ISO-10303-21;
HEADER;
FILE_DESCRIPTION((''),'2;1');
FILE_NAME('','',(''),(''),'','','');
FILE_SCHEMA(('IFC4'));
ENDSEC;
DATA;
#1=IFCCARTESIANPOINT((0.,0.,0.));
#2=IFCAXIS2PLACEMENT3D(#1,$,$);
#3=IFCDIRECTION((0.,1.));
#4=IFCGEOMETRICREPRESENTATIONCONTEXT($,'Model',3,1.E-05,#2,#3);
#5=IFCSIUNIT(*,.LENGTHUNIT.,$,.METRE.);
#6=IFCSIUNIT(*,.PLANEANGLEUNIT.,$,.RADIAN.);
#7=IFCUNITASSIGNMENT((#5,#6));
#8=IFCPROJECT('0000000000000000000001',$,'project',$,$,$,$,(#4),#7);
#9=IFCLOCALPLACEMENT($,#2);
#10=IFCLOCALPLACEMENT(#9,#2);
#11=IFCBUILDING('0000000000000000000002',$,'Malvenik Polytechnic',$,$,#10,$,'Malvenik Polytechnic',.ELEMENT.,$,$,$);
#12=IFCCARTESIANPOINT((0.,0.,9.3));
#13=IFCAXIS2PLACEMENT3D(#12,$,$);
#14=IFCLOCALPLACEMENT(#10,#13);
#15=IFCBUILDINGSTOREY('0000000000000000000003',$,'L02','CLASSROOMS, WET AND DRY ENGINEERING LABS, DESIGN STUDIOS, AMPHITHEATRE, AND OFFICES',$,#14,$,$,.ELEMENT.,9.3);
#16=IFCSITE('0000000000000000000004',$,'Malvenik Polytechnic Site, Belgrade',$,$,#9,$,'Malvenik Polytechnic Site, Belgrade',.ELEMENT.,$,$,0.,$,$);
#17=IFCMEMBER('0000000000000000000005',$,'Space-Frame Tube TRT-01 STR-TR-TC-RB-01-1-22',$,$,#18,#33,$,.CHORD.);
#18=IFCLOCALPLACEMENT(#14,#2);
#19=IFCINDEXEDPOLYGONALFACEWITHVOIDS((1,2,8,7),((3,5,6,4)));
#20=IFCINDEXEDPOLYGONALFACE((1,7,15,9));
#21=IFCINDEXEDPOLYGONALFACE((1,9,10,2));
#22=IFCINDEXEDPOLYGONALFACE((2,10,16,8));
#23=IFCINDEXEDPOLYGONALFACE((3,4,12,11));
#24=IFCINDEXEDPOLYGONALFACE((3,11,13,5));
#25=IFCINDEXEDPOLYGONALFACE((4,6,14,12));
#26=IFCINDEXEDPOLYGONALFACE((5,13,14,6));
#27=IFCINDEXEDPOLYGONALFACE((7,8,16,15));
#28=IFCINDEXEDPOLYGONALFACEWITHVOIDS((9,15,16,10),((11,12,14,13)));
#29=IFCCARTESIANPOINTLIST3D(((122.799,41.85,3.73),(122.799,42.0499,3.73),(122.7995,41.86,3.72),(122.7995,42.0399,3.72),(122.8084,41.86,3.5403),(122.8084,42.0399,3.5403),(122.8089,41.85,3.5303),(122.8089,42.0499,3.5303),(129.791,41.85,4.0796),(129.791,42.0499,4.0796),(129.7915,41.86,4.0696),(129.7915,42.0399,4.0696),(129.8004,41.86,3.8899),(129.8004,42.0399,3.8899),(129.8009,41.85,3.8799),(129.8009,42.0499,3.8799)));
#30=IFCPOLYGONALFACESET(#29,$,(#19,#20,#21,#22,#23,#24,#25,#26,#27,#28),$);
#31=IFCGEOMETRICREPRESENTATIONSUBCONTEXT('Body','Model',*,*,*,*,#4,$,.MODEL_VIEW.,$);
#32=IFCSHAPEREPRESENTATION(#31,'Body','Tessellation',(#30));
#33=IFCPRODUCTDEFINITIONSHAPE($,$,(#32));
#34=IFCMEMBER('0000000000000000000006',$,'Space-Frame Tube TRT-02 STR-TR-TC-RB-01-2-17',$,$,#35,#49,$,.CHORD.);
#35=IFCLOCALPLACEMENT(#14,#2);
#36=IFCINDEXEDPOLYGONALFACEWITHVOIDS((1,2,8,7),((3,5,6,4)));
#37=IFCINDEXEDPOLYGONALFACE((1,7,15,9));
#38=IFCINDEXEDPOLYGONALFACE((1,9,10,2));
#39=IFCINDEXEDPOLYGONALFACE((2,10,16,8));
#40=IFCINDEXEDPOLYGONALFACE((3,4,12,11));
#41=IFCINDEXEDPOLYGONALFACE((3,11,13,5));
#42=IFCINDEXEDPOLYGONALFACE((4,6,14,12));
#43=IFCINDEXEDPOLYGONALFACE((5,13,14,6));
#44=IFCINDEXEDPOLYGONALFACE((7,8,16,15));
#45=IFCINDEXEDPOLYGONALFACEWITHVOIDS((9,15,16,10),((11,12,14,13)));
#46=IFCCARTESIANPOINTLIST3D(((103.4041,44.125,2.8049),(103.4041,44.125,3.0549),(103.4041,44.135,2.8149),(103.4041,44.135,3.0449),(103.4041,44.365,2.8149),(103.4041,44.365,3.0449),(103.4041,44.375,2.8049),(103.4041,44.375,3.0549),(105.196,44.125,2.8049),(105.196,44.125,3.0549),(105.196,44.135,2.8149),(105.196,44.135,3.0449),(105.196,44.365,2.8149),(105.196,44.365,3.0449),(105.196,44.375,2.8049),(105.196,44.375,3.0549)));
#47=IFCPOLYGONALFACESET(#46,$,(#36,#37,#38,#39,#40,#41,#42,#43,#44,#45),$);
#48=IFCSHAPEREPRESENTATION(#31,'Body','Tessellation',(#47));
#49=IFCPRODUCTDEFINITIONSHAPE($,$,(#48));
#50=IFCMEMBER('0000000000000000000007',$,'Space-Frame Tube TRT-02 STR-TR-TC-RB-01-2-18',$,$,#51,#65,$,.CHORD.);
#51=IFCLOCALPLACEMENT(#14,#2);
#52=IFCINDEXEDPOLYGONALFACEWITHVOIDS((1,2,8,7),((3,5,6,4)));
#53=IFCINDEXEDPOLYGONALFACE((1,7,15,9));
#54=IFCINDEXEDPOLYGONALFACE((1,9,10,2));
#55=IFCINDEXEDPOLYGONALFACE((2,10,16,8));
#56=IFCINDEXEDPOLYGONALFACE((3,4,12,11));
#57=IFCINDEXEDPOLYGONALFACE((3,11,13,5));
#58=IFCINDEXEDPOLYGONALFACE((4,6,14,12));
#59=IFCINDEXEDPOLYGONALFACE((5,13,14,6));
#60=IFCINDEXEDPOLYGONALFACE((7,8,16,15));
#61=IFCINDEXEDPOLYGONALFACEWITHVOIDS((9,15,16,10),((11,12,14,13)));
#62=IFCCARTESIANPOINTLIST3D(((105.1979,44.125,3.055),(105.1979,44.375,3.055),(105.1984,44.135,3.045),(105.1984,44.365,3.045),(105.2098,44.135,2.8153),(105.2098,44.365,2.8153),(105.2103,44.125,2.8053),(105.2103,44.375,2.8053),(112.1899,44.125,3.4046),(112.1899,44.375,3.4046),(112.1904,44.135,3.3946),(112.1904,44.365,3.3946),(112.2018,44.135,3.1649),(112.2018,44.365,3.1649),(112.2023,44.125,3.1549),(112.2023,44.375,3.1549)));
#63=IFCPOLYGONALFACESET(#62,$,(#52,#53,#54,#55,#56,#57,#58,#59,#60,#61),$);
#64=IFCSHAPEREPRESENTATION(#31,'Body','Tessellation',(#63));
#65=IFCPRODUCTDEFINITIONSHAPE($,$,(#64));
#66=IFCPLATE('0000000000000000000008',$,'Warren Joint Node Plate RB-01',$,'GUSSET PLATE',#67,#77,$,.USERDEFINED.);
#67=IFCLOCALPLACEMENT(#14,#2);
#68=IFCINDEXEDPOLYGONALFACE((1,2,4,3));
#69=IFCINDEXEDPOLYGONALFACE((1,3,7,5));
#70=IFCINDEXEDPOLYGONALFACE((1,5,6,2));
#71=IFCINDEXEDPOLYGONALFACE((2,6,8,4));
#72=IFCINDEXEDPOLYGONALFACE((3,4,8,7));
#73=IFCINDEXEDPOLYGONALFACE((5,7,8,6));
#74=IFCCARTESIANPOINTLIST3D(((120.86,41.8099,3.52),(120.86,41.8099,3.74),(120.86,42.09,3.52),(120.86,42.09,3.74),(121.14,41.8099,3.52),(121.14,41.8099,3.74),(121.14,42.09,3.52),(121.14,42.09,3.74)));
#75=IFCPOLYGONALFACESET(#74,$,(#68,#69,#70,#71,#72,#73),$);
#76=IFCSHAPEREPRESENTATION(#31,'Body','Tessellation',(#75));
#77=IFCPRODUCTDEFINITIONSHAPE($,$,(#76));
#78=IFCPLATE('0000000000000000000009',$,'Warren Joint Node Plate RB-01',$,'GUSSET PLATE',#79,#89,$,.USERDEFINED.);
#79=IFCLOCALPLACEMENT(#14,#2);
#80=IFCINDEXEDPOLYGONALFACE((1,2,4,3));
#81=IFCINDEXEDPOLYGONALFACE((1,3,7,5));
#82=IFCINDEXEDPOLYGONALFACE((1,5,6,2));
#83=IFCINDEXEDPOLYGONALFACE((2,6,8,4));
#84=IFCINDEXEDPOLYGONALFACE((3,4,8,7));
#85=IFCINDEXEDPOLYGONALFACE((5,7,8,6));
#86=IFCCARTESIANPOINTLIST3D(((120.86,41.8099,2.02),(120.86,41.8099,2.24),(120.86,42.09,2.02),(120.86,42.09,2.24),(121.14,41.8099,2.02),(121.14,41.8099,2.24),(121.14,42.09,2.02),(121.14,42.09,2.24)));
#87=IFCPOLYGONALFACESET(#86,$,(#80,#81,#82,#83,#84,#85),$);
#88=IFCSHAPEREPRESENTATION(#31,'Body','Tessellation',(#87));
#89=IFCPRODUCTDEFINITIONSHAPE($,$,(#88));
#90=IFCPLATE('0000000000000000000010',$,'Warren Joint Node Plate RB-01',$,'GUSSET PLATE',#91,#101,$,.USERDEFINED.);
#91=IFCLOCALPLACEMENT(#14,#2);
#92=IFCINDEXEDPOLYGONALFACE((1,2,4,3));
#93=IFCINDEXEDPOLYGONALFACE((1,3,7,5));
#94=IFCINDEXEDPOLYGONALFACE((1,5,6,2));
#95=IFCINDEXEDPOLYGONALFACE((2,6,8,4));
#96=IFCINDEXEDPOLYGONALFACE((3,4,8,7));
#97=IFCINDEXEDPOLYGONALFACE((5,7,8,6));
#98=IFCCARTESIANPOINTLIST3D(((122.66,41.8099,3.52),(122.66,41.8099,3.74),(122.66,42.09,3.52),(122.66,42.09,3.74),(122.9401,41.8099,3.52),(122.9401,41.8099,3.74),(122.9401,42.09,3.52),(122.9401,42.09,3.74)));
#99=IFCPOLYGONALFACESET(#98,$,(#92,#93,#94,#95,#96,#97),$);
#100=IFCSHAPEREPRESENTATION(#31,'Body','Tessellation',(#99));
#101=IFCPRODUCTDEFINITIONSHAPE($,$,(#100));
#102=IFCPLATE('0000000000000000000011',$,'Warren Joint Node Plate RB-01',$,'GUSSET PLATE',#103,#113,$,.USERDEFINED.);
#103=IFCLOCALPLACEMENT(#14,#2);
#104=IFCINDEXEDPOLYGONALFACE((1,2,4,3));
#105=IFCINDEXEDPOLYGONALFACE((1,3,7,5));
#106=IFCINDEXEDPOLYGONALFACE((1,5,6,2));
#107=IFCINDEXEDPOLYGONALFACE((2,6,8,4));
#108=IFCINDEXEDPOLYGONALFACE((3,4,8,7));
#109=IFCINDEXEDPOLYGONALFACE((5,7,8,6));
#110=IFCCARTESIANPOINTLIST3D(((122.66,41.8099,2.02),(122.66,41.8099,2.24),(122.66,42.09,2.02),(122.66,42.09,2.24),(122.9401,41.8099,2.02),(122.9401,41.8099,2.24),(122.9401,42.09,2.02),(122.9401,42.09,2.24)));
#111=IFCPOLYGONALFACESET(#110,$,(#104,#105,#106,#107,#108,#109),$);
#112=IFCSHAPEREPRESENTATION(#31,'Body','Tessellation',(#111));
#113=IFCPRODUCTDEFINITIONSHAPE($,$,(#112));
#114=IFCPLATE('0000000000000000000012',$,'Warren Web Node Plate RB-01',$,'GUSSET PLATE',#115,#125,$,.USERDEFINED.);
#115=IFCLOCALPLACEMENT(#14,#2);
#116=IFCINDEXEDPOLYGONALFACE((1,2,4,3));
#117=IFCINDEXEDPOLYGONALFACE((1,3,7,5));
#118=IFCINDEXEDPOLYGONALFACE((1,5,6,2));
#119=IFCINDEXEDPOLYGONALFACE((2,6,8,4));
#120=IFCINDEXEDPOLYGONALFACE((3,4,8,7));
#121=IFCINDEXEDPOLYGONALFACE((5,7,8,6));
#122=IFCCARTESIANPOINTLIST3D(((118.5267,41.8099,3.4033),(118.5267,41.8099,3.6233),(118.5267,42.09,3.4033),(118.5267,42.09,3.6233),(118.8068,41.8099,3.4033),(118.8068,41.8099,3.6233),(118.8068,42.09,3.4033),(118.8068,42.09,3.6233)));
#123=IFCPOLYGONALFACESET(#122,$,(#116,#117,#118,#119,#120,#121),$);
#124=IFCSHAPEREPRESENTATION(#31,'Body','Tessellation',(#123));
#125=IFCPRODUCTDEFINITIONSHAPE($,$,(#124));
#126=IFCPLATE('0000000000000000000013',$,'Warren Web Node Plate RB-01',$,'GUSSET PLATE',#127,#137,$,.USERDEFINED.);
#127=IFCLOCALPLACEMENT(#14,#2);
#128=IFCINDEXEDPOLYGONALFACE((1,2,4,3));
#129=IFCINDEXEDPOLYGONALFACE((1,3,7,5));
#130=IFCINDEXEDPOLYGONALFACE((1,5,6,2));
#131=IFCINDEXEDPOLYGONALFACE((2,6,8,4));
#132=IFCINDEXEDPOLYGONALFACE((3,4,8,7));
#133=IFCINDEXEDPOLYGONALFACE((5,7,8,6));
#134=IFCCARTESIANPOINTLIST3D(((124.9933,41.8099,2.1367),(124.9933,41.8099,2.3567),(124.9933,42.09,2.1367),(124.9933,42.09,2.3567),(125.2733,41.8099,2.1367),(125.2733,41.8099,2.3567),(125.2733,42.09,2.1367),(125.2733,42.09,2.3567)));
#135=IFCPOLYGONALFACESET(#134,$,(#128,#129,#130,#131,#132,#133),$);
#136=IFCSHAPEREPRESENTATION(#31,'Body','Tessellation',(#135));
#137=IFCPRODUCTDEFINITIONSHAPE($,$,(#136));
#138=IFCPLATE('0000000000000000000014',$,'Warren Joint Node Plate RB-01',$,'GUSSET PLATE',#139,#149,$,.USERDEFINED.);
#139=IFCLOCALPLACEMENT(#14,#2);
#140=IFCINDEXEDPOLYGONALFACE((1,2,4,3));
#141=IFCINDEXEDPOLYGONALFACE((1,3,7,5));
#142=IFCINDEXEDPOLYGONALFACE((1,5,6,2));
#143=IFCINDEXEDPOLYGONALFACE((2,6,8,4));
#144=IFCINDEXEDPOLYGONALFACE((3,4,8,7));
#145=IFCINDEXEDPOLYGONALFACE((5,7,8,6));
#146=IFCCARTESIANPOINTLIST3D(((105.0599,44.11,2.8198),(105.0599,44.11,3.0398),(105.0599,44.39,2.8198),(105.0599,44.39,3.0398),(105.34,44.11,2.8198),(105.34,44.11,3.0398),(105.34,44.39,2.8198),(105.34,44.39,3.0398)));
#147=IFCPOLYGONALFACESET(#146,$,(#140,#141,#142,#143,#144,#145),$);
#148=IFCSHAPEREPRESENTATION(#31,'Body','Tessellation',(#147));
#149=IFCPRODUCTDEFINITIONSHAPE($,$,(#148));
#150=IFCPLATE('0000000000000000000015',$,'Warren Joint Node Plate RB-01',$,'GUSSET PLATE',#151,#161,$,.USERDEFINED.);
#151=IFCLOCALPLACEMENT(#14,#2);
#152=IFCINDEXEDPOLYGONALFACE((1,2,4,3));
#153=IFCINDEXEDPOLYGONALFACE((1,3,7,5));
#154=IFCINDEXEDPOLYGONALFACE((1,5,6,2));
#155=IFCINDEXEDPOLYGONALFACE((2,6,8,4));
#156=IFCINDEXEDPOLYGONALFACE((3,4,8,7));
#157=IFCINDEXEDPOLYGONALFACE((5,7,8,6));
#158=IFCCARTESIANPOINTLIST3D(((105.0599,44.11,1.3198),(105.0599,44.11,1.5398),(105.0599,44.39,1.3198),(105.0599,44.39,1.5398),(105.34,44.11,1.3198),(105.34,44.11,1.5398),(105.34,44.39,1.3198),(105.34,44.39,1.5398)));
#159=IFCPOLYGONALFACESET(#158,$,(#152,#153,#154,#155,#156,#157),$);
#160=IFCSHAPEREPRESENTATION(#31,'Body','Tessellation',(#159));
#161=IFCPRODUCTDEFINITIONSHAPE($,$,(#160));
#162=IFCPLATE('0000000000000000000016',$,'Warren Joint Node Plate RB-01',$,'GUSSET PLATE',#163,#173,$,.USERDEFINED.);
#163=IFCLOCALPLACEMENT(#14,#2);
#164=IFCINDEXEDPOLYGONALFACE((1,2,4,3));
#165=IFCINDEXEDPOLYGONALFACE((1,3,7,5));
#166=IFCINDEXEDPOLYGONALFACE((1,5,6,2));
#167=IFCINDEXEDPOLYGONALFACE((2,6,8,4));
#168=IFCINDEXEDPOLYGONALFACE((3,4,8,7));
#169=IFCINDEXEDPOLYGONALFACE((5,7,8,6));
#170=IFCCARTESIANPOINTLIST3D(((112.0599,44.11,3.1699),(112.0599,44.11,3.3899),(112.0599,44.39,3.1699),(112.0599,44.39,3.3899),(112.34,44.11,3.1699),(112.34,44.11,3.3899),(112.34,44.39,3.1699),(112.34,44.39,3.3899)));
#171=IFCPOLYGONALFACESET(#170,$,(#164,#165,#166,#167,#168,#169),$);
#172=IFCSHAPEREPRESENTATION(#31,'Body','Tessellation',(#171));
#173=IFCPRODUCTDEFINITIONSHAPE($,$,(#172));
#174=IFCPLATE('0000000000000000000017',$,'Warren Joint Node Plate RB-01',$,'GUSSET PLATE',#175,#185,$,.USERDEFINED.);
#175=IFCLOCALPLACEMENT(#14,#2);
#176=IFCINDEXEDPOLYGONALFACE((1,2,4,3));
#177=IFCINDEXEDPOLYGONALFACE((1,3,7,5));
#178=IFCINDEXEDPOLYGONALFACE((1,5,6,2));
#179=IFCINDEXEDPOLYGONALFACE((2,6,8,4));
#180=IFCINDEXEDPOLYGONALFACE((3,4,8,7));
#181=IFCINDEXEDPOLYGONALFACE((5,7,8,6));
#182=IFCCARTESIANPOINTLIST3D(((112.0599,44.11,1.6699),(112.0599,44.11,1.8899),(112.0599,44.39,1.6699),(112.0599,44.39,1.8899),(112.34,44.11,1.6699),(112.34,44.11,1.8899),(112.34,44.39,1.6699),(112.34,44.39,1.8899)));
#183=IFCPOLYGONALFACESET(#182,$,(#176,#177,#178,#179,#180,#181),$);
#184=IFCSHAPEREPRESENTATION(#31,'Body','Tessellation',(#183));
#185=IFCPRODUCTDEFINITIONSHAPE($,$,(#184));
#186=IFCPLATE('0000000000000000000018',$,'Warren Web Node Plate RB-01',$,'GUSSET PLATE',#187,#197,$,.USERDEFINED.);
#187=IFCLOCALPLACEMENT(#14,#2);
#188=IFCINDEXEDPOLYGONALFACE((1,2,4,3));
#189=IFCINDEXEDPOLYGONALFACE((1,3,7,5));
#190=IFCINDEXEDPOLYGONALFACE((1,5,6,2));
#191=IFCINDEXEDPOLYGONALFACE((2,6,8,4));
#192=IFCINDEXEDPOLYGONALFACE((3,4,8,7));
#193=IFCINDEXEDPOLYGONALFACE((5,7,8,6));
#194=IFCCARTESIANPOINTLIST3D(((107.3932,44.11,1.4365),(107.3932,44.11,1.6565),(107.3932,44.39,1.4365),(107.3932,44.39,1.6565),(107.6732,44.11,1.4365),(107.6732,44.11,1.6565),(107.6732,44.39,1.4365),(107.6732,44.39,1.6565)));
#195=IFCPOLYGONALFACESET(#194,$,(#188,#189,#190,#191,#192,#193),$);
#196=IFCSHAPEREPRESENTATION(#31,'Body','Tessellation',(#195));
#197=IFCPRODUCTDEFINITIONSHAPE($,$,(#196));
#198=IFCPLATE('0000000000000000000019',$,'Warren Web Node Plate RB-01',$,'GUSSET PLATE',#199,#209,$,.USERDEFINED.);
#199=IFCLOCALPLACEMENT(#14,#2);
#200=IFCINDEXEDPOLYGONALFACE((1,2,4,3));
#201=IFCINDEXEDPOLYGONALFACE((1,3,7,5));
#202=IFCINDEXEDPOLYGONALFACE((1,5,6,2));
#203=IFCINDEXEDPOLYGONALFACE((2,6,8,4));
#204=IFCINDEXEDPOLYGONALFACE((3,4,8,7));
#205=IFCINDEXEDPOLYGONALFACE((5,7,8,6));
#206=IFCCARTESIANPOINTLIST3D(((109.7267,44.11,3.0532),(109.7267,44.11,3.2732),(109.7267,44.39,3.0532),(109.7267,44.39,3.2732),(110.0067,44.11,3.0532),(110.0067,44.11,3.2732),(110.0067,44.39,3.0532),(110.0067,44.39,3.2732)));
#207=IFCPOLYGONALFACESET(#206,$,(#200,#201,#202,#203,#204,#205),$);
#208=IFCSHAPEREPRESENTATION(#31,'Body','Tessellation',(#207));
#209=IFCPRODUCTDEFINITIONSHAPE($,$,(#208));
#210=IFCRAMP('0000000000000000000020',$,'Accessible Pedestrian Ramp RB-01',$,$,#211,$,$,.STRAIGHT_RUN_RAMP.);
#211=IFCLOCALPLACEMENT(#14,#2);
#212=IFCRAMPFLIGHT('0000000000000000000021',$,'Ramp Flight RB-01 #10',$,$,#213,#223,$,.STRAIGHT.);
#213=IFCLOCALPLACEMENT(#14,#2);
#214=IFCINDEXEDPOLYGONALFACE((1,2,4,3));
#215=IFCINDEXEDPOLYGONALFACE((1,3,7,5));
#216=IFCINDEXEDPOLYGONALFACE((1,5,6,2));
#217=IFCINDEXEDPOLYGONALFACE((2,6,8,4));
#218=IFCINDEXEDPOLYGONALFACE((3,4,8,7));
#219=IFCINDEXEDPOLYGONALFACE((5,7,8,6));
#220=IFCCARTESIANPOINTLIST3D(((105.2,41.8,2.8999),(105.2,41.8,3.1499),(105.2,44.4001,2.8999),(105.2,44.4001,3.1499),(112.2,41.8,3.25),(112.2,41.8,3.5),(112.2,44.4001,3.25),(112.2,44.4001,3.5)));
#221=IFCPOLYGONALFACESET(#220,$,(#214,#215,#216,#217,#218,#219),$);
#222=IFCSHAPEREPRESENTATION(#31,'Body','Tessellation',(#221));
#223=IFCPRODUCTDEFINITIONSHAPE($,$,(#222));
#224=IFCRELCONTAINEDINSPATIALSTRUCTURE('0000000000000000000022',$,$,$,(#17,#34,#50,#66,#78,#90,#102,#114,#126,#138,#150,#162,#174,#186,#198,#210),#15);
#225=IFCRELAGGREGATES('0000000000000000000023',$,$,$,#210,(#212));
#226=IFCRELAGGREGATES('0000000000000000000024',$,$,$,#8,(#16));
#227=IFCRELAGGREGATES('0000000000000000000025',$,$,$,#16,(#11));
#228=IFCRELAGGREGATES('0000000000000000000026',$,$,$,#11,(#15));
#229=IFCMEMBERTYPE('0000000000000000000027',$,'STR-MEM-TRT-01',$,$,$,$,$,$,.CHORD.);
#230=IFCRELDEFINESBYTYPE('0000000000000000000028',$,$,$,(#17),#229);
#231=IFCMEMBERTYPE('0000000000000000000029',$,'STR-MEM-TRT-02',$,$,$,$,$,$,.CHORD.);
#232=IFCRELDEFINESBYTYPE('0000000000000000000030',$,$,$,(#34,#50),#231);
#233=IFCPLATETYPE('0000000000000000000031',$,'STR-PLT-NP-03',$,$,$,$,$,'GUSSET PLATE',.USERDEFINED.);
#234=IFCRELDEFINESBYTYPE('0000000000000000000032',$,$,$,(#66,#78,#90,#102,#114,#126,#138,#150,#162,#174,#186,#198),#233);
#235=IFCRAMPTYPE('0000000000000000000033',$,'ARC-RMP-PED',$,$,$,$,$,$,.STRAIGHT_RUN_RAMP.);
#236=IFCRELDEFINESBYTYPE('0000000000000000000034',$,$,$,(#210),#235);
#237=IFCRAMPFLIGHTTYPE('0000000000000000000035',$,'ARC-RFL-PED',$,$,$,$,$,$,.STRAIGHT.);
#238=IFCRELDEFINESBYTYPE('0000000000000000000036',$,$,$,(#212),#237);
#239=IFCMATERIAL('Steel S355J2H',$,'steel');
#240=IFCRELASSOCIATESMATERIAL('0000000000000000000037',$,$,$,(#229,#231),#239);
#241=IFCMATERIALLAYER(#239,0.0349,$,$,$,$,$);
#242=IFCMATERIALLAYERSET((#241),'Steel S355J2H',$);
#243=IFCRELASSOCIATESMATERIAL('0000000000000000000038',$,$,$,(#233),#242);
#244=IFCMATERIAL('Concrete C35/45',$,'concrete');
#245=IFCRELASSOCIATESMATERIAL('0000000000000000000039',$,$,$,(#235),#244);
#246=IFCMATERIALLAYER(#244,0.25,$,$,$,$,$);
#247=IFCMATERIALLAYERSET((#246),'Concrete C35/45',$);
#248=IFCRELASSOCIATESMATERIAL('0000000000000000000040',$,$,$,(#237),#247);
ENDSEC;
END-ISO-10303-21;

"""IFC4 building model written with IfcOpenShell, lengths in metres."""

from ifc_helpers import new_model, si_unit, direction, frame, origin, origin_2d, place, context, subcontext, project, spatial, polyline, rectangle, hollow_rectangle, outline, extrude, material, layer, layer_set, material_profile, profile_set, type_object, element, aggregate, save


model = new_model("IFC4")

# Units and contexts
model_context = context("Model", 3, precision=1e-05, world=origin(), true_north=direction((0.0, 1.0)))
body_context = subcontext(model_context, "Body", "Model", "MODEL_VIEW")
ifc_project = project(units=[si_unit("LENGTHUNIT", "METRE"), si_unit("PLANEANGLEUNIT", "RADIAN")], contexts=[model_context])

# Site, building, storey
site_placement = place(None, origin())
site = spatial("IfcSite", under=ifc_project, at=site_placement, Name="Malvenik Polytechnic Site, Belgrade", LongName="Malvenik Polytechnic Site, Belgrade", CompositionType="ELEMENT", RefElevation=0.0)
building_placement = place(site_placement, origin())
building = spatial("IfcBuilding", under=site, at=building_placement, Name="Malvenik Polytechnic", LongName="Malvenik Polytechnic", CompositionType="ELEMENT")
storey_placement = place(building_placement, frame((0.0, 0.0, 9.3)))
storey = spatial("IfcBuildingStorey", under=building, at=storey_placement, Name="L02", Description="CLASSROOMS, WET AND DRY ENGINEERING LABS, DESIGN STUDIOS, AMPHITHEATRE, AND OFFICES", CompositionType="ELEMENT", Elevation=9.3)

# Shared definitions
ifc_material_1 = material(Name="Steel S355J2H", Category="steel")

# Members
ifc_material_profile_1 = material_profile(ifc_material_1, hollow_rectangle(XDim=0.2, YDim=0.2, WallThickness=0.01, at=origin_2d()), Name="SHS 200x200x10.0")
ifc_profile_set_1 = profile_set([ifc_material_profile_1], Name="Steel S355J2H")
member_type_1 = type_object("IfcMemberType", Name="STR-MEM-TRT-01", PredefinedType="CHORD", material=ifc_profile_set_1)
member_1_placement = place(storey_placement, frame((122.804, 41.95, 3.6301), z_axis=(0.998752, 0.0, 0.049939), x_axis=(0.0, 1.0, 0.0)))
element("IfcMember", 1, at=member_1_placement, inside=storey, type_object=member_type_1, Name="Space-Frame Tube TRT-01 STR-TR-TC-RB-01-1-22", PredefinedType="CHORD", context=body_context, shape_type="SweptSolid", body=[
    extrude(hollow_rectangle(XDim=0.2, YDim=0.2, WallThickness=0.01, at=origin_2d()), origin(), (0.0, 0.0, 1.0), 7.0007),
])
ifc_material_profile_2 = material_profile(ifc_material_1, hollow_rectangle(XDim=0.25, YDim=0.25, WallThickness=0.01, at=origin_2d()), Name="SHS 250x250x10.0")
ifc_profile_set_2 = profile_set([ifc_material_profile_2], Name="Steel S355J2H")
member_type_2 = type_object("IfcMemberType", Name="STR-MEM-TRT-02", PredefinedType="CHORD", material=ifc_profile_set_2)
member_2_placement = place(storey_placement, frame((103.4041, 44.25, 2.9299), z_axis=(1.0, 0.0, 0.0), x_axis=(0.0, 1.0, 0.0)))
element("IfcMember", 2, at=member_2_placement, inside=storey, type_object=member_type_2, Name="Space-Frame Tube TRT-02 STR-TR-TC-RB-01-2-17", PredefinedType="CHORD", context=body_context, shape_type="SweptSolid", body=[
    extrude(hollow_rectangle(XDim=0.25, YDim=0.25, WallThickness=0.01, at=origin_2d()), origin(), (0.0, 0.0, 1.0), 1.792),
])
member_3_placement = place(storey_placement, frame((105.2041, 44.25, 2.9302), z_axis=(0.998752, 0.0, 0.049939), x_axis=(0.0, 1.0, 0.0)))
element("IfcMember", 3, at=member_3_placement, inside=storey, type_object=member_type_2, Name="Space-Frame Tube TRT-02 STR-TR-TC-RB-01-2-18", PredefinedType="CHORD", context=body_context, shape_type="SweptSolid", body=[
    extrude(hollow_rectangle(XDim=0.25, YDim=0.25, WallThickness=0.01, at=origin_2d()), origin(), (0.0, 0.0, 1.0), 7.0007),
])

# Plates
ifc_layer_1 = layer(ifc_material_1, 0.0349)
ifc_layer_set_1 = layer_set([ifc_layer_1], Name="Steel S355J2H")
plate_type = type_object("IfcPlateType", Name="STR-PLT-NP-03", ElementType="GUSSET PLATE", PredefinedType="USERDEFINED", material=ifc_layer_set_1)
for number, where, z_axis, x_axis, name in (
    (4, (121.0, 41.95, 3.52), (0.0, 0.0, 1.0), (1.0, 0.0, 0.0), "Warren Joint Node Plate RB-01"),
    (5, (121.0, 41.95, 2.02), (0.0, 0.0, 1.0), (1.0, 0.0, 0.0), "Warren Joint Node Plate RB-01"),
    (6, (122.8, 41.95, 3.52), (0.0, 0.0, 1.0), (1.0, 0.0, 0.0), "Warren Joint Node Plate RB-01"),
    (7, (122.8, 41.95, 2.02), (0.0, 0.0, 1.0), (1.0, 0.0, 0.0), "Warren Joint Node Plate RB-01"),
    (8, (118.6667, 41.95, 3.4033), (0.0, 0.0, 1.0), (1.0, 0.0, 0.0), "Warren Web Node Plate RB-01"),
    (9, (125.1333, 41.95, 2.1367), (0.0, 0.0, 1.0), (1.0, 0.0, 0.0), "Warren Web Node Plate RB-01"),
    (10, (105.2, 44.25, 2.8198), (0.0, 0.0, 1.0), (1.0, 0.0, 0.0), "Warren Joint Node Plate RB-01"),
    (11, (105.2, 44.25, 1.3198), (0.0, 0.0, 1.0), (1.0, 0.0, 0.0), "Warren Joint Node Plate RB-01"),
    (12, (112.2, 44.25, 3.1699), (0.0, 0.0, 1.0), (1.0, 0.0, 0.0), "Warren Joint Node Plate RB-01"),
    (13, (112.2, 44.25, 1.6699), (0.0, 0.0, 1.0), (1.0, 0.0, 0.0), "Warren Joint Node Plate RB-01"),
    (14, (107.5332, 44.25, 1.4365), (0.0, 0.0, 1.0), (1.0, 0.0, 0.0), "Warren Web Node Plate RB-01"),
    (15, (109.8667, 44.25, 3.0532), (0.0, 0.0, 1.0), (1.0, 0.0, 0.0), "Warren Web Node Plate RB-01"),
):
    element("IfcPlate", number, at=place(storey_placement, frame(where, z_axis=z_axis, x_axis=x_axis)), inside=storey, type_object=plate_type, Name=name, ObjectType="GUSSET PLATE", PredefinedType="USERDEFINED", context=body_context, shape_type="SweptSolid", body=[
        extrude(rectangle(XDim=0.28, YDim=0.28, at=origin_2d()), origin(), (0.0, 0.0, 1.0), 0.22),
    ])

# Ramp, ramp flight
ifc_material_2 = material(Name="Concrete C35/45", Category="concrete")
ramp_type = type_object("IfcRampType", Name="ARC-RMP-PED", PredefinedType="STRAIGHT_RUN_RAMP", material=ifc_material_2)
ramp_placement = place(storey_placement, origin())
ramp = element("IfcRamp", 16, at=ramp_placement, inside=storey, type_object=ramp_type, Name="Accessible Pedestrian Ramp RB-01", PredefinedType="STRAIGHT_RUN_RAMP")
ifc_layer_2 = layer(ifc_material_2, 0.25)
ifc_layer_set_2 = layer_set([ifc_layer_2], Name="Concrete C35/45")
ramp_flight_type = type_object("IfcRampFlightType", Name="ARC-RFL-PED", PredefinedType="STRAIGHT", material=ifc_layer_set_2)
ramp_flight_1_placement = place(storey_placement, frame((105.2, 43.1001, 3.1499), z_axis=(0.0, 0.0, 1.0), x_axis=(1.0, 0.0, 0.0)))
ramp_flight_1 = element("IfcRampFlight", 17, at=ramp_flight_1_placement, type_object=ramp_flight_type, Name="Ramp Flight RB-01 #10", PredefinedType="STRAIGHT", context=body_context, shape_type="SweptSolid", body=[
    extrude(outline(polyline([(0.0, -0.25), (7.0, 0.1001), (7.0, 0.3501), (0.0, 0.0), (0.0, -0.25)])), frame((0.0, 1.3, 0.0), z_axis=(0.0, -1.0, 0.0), x_axis=(1.0, 0.0, 0.0)), (0.0, 0.0, 1.0), 2.6001),
])
aggregate(ramp, [ramp_flight_1])

save(model, "model.ifc")
